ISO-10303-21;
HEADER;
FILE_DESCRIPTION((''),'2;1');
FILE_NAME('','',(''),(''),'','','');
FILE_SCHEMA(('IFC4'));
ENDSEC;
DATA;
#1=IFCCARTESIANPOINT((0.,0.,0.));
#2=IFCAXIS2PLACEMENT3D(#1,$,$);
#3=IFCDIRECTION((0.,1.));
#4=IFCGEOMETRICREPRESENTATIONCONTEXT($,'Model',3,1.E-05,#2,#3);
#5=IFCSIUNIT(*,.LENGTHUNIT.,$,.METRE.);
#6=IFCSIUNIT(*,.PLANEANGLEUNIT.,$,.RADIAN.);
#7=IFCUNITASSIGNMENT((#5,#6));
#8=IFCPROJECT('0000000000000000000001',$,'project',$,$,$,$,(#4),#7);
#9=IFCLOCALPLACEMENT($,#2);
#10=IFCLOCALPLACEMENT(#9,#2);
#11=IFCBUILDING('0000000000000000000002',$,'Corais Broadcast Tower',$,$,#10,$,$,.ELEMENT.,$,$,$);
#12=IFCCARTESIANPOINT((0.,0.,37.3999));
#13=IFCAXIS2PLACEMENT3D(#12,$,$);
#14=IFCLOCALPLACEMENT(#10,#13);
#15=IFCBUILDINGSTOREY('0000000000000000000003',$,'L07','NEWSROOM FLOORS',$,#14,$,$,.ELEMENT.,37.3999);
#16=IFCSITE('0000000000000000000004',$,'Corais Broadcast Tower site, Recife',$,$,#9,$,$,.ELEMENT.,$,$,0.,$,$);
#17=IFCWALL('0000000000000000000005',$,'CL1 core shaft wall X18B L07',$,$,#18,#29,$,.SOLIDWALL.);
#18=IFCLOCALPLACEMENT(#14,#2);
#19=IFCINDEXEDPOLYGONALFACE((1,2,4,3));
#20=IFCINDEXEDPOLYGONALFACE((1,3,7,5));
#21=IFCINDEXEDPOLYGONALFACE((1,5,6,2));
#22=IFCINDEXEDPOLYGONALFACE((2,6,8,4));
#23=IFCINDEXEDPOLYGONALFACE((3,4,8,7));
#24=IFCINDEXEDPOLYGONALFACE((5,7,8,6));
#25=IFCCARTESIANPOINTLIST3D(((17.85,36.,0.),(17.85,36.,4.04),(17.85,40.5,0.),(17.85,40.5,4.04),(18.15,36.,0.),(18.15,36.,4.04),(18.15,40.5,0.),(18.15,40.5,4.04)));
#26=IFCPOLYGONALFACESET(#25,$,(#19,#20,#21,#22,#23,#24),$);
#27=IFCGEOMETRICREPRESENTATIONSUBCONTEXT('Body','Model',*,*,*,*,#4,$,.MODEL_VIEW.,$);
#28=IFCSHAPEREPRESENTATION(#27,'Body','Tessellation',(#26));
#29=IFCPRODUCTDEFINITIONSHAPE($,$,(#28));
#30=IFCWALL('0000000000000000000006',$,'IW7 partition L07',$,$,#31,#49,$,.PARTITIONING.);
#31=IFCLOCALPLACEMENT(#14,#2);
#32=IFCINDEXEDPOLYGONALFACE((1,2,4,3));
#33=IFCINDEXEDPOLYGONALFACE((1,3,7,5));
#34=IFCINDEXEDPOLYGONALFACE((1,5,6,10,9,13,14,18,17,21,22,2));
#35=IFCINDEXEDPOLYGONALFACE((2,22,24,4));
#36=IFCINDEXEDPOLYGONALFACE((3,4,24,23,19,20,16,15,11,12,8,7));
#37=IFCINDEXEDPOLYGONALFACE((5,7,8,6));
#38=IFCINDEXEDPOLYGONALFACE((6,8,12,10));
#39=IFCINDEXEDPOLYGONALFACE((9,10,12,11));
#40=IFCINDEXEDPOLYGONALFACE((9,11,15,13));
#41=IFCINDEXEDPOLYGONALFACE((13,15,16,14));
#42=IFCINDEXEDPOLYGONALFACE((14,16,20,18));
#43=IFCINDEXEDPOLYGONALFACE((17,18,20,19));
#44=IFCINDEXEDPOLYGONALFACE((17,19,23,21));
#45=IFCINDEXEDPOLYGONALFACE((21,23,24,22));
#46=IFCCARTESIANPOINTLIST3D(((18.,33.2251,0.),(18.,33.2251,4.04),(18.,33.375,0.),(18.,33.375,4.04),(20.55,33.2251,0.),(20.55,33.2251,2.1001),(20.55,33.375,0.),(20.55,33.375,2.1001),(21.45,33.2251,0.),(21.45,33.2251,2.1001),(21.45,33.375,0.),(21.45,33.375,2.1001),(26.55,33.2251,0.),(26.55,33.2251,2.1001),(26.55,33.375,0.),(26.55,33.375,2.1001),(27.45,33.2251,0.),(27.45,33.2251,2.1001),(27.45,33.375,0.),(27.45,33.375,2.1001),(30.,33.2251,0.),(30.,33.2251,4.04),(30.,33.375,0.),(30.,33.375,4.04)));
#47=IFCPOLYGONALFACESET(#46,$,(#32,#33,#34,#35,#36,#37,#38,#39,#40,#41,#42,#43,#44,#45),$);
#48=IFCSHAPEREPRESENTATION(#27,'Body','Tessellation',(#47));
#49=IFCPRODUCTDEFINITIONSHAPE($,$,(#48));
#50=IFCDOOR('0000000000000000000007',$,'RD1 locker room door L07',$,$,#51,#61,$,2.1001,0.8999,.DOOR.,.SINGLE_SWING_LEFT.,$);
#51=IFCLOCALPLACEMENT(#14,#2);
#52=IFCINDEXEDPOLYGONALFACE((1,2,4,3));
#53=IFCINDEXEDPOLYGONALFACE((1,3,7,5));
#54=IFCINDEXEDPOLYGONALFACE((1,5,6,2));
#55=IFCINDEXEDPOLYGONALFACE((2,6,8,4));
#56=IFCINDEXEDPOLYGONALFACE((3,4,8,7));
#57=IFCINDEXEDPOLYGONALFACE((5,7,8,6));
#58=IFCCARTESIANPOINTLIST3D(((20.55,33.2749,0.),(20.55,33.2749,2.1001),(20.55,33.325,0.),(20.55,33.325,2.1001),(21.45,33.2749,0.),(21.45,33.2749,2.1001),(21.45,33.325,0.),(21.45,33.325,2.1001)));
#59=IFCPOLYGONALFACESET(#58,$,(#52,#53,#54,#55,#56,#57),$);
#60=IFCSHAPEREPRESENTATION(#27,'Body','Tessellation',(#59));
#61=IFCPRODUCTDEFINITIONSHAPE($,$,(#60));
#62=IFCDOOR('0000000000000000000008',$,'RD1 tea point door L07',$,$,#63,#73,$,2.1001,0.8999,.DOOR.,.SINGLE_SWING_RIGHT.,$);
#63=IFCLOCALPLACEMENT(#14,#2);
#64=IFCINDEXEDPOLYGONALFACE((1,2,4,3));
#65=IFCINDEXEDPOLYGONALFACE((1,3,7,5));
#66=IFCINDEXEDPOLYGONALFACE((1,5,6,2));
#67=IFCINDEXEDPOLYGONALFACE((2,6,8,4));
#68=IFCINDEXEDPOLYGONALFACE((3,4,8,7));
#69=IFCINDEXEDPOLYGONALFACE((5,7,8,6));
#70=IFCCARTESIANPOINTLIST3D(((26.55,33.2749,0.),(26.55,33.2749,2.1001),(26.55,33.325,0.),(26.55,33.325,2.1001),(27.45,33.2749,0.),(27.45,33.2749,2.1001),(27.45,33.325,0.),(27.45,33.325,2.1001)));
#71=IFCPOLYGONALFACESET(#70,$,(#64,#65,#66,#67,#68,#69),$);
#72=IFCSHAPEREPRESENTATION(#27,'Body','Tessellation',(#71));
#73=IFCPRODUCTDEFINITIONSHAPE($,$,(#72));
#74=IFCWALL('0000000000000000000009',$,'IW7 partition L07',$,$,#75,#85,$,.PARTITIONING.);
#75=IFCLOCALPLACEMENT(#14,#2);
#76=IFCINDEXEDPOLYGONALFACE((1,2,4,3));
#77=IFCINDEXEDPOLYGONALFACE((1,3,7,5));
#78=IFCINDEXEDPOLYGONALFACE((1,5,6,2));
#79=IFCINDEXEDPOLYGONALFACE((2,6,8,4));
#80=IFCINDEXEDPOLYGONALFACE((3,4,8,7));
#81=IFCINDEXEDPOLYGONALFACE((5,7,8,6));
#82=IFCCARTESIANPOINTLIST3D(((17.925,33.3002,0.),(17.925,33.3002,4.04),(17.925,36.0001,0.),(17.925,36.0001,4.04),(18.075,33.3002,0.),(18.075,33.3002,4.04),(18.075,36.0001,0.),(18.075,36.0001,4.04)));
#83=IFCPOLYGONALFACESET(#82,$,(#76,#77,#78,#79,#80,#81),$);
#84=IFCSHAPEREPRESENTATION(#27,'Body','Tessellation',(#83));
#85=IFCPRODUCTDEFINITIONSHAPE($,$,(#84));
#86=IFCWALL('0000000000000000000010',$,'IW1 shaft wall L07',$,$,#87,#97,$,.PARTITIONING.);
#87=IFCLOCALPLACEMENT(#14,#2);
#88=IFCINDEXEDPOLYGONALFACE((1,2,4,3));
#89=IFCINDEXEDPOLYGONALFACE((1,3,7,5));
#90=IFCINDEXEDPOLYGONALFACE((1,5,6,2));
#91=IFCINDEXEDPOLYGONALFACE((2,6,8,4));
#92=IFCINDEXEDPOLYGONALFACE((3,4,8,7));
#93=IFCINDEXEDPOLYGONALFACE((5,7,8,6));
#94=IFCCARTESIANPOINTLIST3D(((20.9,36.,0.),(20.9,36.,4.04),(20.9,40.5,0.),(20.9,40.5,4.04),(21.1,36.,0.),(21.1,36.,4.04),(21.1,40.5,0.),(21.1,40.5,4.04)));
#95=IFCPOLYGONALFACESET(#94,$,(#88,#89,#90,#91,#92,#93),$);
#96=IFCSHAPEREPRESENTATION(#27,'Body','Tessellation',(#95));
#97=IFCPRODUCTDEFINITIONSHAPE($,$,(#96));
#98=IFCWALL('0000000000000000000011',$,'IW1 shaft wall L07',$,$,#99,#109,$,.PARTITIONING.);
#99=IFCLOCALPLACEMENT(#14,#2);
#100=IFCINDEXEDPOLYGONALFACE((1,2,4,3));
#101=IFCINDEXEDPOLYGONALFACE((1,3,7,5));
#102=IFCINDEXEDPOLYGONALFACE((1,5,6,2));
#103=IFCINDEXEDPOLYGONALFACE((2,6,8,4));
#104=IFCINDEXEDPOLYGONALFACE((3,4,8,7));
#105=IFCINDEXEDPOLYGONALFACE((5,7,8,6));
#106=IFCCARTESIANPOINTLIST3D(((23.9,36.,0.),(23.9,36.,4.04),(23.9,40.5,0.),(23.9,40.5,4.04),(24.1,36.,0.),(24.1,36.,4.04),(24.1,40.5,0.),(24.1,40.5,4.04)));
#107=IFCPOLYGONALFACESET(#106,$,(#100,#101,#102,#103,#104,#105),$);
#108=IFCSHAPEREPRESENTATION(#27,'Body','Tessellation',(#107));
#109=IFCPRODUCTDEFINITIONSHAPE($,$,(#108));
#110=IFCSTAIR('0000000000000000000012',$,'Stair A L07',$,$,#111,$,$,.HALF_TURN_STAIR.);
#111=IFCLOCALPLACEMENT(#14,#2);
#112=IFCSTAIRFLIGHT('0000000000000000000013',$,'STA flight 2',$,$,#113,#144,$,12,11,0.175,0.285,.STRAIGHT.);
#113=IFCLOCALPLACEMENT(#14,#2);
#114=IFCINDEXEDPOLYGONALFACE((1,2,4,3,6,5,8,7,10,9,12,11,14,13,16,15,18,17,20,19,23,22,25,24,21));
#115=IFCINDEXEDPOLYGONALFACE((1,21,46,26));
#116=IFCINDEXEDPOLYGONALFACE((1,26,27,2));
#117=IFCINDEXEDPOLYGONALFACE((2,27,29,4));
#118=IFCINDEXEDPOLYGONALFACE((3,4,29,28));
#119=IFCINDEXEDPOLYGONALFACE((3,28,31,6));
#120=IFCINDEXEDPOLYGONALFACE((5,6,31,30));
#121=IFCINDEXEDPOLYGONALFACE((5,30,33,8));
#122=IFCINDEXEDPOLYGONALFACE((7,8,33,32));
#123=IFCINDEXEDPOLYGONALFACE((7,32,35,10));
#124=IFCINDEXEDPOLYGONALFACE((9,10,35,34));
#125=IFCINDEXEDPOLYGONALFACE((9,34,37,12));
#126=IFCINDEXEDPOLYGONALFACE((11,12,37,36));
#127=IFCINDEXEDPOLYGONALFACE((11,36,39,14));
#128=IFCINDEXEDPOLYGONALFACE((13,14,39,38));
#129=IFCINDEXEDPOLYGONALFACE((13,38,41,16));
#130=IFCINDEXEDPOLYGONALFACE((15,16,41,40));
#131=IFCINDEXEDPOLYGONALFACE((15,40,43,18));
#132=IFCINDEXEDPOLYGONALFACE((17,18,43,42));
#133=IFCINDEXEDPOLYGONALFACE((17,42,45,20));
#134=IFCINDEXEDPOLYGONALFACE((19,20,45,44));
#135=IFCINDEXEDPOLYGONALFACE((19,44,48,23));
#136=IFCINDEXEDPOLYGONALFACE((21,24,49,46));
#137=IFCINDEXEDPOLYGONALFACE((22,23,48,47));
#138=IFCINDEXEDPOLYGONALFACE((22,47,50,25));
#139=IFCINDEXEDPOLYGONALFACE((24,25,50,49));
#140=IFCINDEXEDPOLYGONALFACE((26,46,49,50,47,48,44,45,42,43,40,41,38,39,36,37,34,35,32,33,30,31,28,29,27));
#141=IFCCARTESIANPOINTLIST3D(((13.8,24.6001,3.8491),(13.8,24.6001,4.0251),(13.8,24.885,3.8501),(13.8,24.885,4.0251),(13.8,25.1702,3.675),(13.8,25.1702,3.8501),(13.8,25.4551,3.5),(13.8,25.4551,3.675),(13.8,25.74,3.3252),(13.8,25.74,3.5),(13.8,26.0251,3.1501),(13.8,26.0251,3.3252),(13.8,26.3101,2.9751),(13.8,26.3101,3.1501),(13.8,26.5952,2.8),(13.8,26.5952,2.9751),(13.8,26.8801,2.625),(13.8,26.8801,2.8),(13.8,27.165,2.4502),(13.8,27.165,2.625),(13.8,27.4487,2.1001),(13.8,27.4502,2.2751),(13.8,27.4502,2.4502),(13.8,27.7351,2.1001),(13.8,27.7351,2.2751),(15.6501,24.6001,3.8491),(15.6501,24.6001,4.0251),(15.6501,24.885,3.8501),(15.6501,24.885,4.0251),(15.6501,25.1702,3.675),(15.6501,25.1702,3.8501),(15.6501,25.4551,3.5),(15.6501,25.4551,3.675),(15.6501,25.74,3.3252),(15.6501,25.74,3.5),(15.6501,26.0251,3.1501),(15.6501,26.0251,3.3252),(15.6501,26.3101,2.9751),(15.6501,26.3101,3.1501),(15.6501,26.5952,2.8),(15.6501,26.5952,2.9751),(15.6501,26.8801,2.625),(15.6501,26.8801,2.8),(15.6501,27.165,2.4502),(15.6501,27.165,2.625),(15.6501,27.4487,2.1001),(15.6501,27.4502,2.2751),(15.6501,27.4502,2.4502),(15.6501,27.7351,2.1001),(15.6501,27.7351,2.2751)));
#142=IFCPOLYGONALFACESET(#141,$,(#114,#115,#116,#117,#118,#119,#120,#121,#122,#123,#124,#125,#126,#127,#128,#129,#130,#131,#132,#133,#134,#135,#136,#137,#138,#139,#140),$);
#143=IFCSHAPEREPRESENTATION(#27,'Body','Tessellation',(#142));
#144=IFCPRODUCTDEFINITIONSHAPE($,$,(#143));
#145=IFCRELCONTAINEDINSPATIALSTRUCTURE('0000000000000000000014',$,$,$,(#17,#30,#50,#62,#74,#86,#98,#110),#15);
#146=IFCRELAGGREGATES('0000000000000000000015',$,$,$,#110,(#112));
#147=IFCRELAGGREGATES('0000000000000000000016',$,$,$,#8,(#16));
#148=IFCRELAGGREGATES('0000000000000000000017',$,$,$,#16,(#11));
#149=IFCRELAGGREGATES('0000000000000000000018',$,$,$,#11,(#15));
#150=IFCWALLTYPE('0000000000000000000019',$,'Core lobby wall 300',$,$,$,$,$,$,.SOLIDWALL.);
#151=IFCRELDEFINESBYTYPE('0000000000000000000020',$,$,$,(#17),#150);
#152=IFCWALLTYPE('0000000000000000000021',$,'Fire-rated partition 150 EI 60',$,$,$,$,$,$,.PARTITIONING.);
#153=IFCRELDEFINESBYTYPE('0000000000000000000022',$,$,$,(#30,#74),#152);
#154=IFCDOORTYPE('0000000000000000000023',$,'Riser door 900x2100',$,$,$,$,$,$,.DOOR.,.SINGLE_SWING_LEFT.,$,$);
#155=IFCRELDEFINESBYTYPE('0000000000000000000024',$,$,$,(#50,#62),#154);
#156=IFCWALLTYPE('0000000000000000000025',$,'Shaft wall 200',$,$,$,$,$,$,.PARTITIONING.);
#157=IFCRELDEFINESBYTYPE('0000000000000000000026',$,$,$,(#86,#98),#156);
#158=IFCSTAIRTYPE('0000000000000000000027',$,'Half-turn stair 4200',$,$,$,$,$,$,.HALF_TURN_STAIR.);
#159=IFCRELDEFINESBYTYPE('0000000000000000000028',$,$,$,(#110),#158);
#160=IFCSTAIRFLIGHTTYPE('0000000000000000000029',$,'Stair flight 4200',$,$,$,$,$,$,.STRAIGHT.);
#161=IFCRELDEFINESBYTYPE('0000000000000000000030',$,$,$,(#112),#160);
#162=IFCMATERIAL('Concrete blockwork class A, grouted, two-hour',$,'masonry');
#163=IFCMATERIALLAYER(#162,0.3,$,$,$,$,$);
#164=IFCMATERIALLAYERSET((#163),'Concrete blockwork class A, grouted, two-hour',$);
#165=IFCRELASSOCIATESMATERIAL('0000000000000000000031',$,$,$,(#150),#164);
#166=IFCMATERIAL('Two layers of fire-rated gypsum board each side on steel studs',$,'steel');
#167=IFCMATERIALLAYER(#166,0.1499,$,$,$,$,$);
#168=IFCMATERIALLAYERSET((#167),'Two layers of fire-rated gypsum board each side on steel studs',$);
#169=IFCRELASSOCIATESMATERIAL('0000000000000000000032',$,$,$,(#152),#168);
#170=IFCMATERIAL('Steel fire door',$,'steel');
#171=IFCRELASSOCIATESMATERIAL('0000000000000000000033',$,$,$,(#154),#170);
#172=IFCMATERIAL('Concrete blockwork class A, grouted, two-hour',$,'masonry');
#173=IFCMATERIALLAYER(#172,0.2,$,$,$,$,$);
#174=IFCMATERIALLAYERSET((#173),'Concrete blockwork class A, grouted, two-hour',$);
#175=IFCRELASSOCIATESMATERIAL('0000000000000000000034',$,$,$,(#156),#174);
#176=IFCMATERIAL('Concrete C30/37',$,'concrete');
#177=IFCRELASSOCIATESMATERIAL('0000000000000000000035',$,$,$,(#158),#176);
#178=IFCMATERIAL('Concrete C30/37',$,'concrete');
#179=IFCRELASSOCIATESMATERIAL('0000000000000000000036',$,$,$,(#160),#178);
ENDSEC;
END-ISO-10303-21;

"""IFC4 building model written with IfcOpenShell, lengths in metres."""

from ifc_helpers import new_model, si_unit, direction, frame, frame_2d, origin, place, context, subcontext, project, spatial, polyline, rectangle, outline, extrude, material, layer, layer_set, type_object, element, fill, aggregate, save


model = new_model("IFC4")

# Units and contexts
model_context = context("Model", 3, precision=1e-05, world=origin(), true_north=direction((0.0, 1.0)))
body_context = subcontext(model_context, "Body", "Model", "MODEL_VIEW")
ifc_project = project(units=[si_unit("LENGTHUNIT", "METRE"), si_unit("PLANEANGLEUNIT", "RADIAN")], contexts=[model_context])

# Site, building, storey
site_placement = place(None, origin())
site = spatial("IfcSite", under=ifc_project, at=site_placement, Name="Corais Broadcast Tower site, Recife", CompositionType="ELEMENT", RefElevation=0.0)
building_placement = place(site_placement, origin())
building = spatial("IfcBuilding", under=site, at=building_placement, Name="Corais Broadcast Tower", CompositionType="ELEMENT")
storey_placement = place(building_placement, frame((0.0, 0.0, 37.3999)))
storey = spatial("IfcBuildingStorey", under=building, at=storey_placement, Name="L07", Description="NEWSROOM FLOORS", CompositionType="ELEMENT", Elevation=37.3999)

# Wall
ifc_material_1 = material(Name="Concrete blockwork class A, grouted, two-hour", Category="masonry")
ifc_layer_1 = layer(ifc_material_1, 0.3)
ifc_layer_set_1 = layer_set([ifc_layer_1], Name="Concrete blockwork class A, grouted, two-hour")
wall_type_1 = type_object("IfcWallType", Name="Core lobby wall 300", PredefinedType="SOLIDWALL", material=ifc_layer_set_1)
wall_1_placement = place(storey_placement, frame((18.0, 36.0, 0.0), z_axis=(0.0, 0.0, 1.0), x_axis=(0.0, 1.0, 0.0)))
element("IfcWall", 1, at=wall_1_placement, inside=storey, type_object=wall_type_1, Name="CL1 core shaft wall X18B L07", PredefinedType="SOLIDWALL", context=body_context, shape_type="SweptSolid", body=[
    extrude(rectangle(XDim=4.5, YDim=0.3, at=frame_2d((2.25, 0.0))), origin(), (0.0, 0.0, 1.0), 4.04),
])

# Wall, openings, doors
ifc_material_2 = material(Name="Two layers of fire-rated gypsum board each side on steel studs", Category="steel")
ifc_layer_2 = layer(ifc_material_2, 0.1499)
ifc_layer_set_2 = layer_set([ifc_layer_2], Name="Two layers of fire-rated gypsum board each side on steel studs")
wall_type_2 = type_object("IfcWallType", Name="Fire-rated partition 150 EI 60", PredefinedType="PARTITIONING", material=ifc_layer_set_2)
wall_2_placement = place(storey_placement, frame((18.0, 33.3, 0.0), z_axis=(0.0, 0.0, 1.0), x_axis=(1.0, 0.0, 0.0)))
wall_2 = element("IfcWall", 2, at=wall_2_placement, inside=storey, type_object=wall_type_2, Name="IW7 partition L07", PredefinedType="PARTITIONING", context=body_context, shape_type="SweptSolid", body=[
    extrude(rectangle(XDim=12.0, YDim=0.1499, at=frame_2d((6.0, 0.0))), origin(), (0.0, 0.0, 1.0), 4.04),
])
opening_1_placement = place(wall_2_placement, frame((2.55, 0.0, 0.0)))
opening_1 = element("IfcOpeningElement", 3, at=opening_1_placement, cuts=wall_2, PredefinedType="OPENING", context=body_context, shape_type="SweptSolid", body=[
    extrude(rectangle(XDim=0.8999, YDim=2.1001, at=frame_2d((0.45, 1.05))), frame((0.0, 0.085, 0.0), z_axis=(0.0, -1.0, 0.0), x_axis=(1.0, 0.0, 0.0)), (0.0, 0.0, 1.0), 0.1699),
])
opening_2_placement = place(wall_2_placement, frame((8.55, 0.0, 0.0)))
opening_2 = element("IfcOpeningElement", 4, at=opening_2_placement, cuts=wall_2, PredefinedType="OPENING", context=body_context, shape_type="SweptSolid", body=[
    extrude(rectangle(XDim=0.8999, YDim=2.1001, at=frame_2d((0.45, 1.05))), frame((0.0, 0.085, 0.0), z_axis=(0.0, -1.0, 0.0), x_axis=(1.0, 0.0, 0.0)), (0.0, 0.0, 1.0), 0.1699),
])
ifc_material_3 = material(Name="Steel fire door", Category="steel")
door_type = type_object("IfcDoorType", Name="Riser door 900x2100", OperationType="SINGLE_SWING_LEFT", PredefinedType="DOOR", material=ifc_material_3)
door_1_placement = place(opening_1_placement, origin())
door_1 = element("IfcDoor", 5, at=door_1_placement, inside=storey, type_object=door_type, Name="RD1 locker room door L07", OperationType="SINGLE_SWING_LEFT", OverallHeight=2.1001, OverallWidth=0.8999, PredefinedType="DOOR", context=body_context, shape_type="SweptSolid", body=[
    extrude(rectangle(XDim=0.8999, YDim=2.1001, at=frame_2d((0.45, 1.05))), frame((0.0, 0.0249, 0.0), z_axis=(0.0, -1.0, 0.0), x_axis=(1.0, 0.0, 0.0)), (0.0, 0.0, 1.0), 0.05),
])
fill(opening_1, door_1)
door_2_placement = place(opening_2_placement, origin())
door_2 = element("IfcDoor", 6, at=door_2_placement, inside=storey, type_object=door_type, Name="RD1 tea point door L07", OperationType="SINGLE_SWING_RIGHT", OverallHeight=2.1001, OverallWidth=0.8999, PredefinedType="DOOR", context=body_context, shape_type="SweptSolid", body=[
    extrude(rectangle(XDim=0.8999, YDim=2.1001, at=frame_2d((0.45, 1.05))), frame((0.0, 0.0249, 0.0), z_axis=(0.0, -1.0, 0.0), x_axis=(1.0, 0.0, 0.0)), (0.0, 0.0, 1.0), 0.05),
])
fill(opening_2, door_2)

# Walls
wall_3_placement = place(storey_placement, frame((18.0, 33.3, 0.0), z_axis=(0.0, 0.0, 1.0), x_axis=(0.0, 1.0, 0.0)))
element("IfcWall", 7, at=wall_3_placement, inside=storey, type_object=wall_type_2, Name="IW7 partition L07", PredefinedType="PARTITIONING", context=body_context, shape_type="SweptSolid", body=[
    extrude(rectangle(XDim=2.7, YDim=0.1499, at=frame_2d((1.3501, 0.0))), origin(), (0.0, 0.0, 1.0), 4.04),
])
ifc_material_4 = material(Name="Concrete blockwork class A, grouted, two-hour", Category="masonry")
ifc_layer_3 = layer(ifc_material_4, 0.2)
ifc_layer_set_3 = layer_set([ifc_layer_3], Name="Concrete blockwork class A, grouted, two-hour")
wall_type_3 = type_object("IfcWallType", Name="Shaft wall 200", PredefinedType="PARTITIONING", material=ifc_layer_set_3)
for number, where, z_axis, x_axis, name in (
    (8, (21.0, 36.0, 0.0), (0.0, 0.0, 1.0), (0.0, 1.0, 0.0), "IW1 shaft wall L07"),
    (9, (24.0, 36.0, 0.0), (0.0, 0.0, 1.0), (0.0, 1.0, 0.0), "IW1 shaft wall L07"),
):
    element("IfcWall", number, at=place(storey_placement, frame(where, z_axis=z_axis, x_axis=x_axis)), inside=storey, type_object=wall_type_3, Name=name, PredefinedType="PARTITIONING", context=body_context, shape_type="SweptSolid", body=[
        extrude(rectangle(XDim=4.5, YDim=0.2, at=frame_2d((2.25, 0.0))), origin(), (0.0, 0.0, 1.0), 4.04),
    ])

# Stair, stair flight
ifc_material_5 = material(Name="Concrete C30/37", Category="concrete")
stair_type = type_object("IfcStairType", Name="Half-turn stair 4200", PredefinedType="HALF_TURN_STAIR", material=ifc_material_5)
stair_placement = place(storey_placement, origin())
stair = element("IfcStair", 10, at=stair_placement, inside=storey, type_object=stair_type, Name="Stair A L07", PredefinedType="HALF_TURN_STAIR")
ifc_material_6 = material(Name="Concrete C30/37", Category="concrete")
stair_flight_type = type_object("IfcStairFlightType", Name="Stair flight 4200", PredefinedType="STRAIGHT", material=ifc_material_6)
stair_flight_placement = place(storey_placement, frame((14.7251, 27.7351, 2.1001), z_axis=(0.0, 0.0, 1.0), x_axis=(0.0, -1.0, 0.0)))
stair_flight = element("IfcStairFlight", 11, at=stair_flight_placement, type_object=stair_flight_type, Name="STA flight 2", NumberOfRisers=12, NumberOfTreads=11, PredefinedType="STRAIGHT", RiserHeight=0.175, TreadLength=0.285, context=body_context, shape_type="SweptSolid", body=[
    extrude(outline(polyline([(0.0, 0.0), (0.0, 0.175), (0.2849, 0.175), (0.2849, 0.3501), (0.5701, 0.3501), (0.5701, 0.5249), (0.855, 0.5249), (0.855, 0.7), (1.1399, 0.7), (1.1399, 0.875), (1.425, 0.875), (1.425, 1.05), (1.71, 1.05), (1.71, 1.2251), (1.9951, 1.2251), (1.9951, 1.3999), (2.28, 1.3999), (2.28, 1.575), (2.5649, 1.575), (2.5649, 1.75), (2.8501, 1.75), (2.8501, 1.925), (3.135, 1.925), (3.135, 2.1001), (3.135, 1.749), (0.2864, 0.0), (0.0, 0.0)])), frame((0.0, 0.925, 0.0), z_axis=(0.0, -1.0, 0.0), x_axis=(1.0, 0.0, 0.0)), (0.0, 0.0, 1.0), 1.8501),
])
aggregate(stair, [stair_flight])

save(model, "model.ifc")
